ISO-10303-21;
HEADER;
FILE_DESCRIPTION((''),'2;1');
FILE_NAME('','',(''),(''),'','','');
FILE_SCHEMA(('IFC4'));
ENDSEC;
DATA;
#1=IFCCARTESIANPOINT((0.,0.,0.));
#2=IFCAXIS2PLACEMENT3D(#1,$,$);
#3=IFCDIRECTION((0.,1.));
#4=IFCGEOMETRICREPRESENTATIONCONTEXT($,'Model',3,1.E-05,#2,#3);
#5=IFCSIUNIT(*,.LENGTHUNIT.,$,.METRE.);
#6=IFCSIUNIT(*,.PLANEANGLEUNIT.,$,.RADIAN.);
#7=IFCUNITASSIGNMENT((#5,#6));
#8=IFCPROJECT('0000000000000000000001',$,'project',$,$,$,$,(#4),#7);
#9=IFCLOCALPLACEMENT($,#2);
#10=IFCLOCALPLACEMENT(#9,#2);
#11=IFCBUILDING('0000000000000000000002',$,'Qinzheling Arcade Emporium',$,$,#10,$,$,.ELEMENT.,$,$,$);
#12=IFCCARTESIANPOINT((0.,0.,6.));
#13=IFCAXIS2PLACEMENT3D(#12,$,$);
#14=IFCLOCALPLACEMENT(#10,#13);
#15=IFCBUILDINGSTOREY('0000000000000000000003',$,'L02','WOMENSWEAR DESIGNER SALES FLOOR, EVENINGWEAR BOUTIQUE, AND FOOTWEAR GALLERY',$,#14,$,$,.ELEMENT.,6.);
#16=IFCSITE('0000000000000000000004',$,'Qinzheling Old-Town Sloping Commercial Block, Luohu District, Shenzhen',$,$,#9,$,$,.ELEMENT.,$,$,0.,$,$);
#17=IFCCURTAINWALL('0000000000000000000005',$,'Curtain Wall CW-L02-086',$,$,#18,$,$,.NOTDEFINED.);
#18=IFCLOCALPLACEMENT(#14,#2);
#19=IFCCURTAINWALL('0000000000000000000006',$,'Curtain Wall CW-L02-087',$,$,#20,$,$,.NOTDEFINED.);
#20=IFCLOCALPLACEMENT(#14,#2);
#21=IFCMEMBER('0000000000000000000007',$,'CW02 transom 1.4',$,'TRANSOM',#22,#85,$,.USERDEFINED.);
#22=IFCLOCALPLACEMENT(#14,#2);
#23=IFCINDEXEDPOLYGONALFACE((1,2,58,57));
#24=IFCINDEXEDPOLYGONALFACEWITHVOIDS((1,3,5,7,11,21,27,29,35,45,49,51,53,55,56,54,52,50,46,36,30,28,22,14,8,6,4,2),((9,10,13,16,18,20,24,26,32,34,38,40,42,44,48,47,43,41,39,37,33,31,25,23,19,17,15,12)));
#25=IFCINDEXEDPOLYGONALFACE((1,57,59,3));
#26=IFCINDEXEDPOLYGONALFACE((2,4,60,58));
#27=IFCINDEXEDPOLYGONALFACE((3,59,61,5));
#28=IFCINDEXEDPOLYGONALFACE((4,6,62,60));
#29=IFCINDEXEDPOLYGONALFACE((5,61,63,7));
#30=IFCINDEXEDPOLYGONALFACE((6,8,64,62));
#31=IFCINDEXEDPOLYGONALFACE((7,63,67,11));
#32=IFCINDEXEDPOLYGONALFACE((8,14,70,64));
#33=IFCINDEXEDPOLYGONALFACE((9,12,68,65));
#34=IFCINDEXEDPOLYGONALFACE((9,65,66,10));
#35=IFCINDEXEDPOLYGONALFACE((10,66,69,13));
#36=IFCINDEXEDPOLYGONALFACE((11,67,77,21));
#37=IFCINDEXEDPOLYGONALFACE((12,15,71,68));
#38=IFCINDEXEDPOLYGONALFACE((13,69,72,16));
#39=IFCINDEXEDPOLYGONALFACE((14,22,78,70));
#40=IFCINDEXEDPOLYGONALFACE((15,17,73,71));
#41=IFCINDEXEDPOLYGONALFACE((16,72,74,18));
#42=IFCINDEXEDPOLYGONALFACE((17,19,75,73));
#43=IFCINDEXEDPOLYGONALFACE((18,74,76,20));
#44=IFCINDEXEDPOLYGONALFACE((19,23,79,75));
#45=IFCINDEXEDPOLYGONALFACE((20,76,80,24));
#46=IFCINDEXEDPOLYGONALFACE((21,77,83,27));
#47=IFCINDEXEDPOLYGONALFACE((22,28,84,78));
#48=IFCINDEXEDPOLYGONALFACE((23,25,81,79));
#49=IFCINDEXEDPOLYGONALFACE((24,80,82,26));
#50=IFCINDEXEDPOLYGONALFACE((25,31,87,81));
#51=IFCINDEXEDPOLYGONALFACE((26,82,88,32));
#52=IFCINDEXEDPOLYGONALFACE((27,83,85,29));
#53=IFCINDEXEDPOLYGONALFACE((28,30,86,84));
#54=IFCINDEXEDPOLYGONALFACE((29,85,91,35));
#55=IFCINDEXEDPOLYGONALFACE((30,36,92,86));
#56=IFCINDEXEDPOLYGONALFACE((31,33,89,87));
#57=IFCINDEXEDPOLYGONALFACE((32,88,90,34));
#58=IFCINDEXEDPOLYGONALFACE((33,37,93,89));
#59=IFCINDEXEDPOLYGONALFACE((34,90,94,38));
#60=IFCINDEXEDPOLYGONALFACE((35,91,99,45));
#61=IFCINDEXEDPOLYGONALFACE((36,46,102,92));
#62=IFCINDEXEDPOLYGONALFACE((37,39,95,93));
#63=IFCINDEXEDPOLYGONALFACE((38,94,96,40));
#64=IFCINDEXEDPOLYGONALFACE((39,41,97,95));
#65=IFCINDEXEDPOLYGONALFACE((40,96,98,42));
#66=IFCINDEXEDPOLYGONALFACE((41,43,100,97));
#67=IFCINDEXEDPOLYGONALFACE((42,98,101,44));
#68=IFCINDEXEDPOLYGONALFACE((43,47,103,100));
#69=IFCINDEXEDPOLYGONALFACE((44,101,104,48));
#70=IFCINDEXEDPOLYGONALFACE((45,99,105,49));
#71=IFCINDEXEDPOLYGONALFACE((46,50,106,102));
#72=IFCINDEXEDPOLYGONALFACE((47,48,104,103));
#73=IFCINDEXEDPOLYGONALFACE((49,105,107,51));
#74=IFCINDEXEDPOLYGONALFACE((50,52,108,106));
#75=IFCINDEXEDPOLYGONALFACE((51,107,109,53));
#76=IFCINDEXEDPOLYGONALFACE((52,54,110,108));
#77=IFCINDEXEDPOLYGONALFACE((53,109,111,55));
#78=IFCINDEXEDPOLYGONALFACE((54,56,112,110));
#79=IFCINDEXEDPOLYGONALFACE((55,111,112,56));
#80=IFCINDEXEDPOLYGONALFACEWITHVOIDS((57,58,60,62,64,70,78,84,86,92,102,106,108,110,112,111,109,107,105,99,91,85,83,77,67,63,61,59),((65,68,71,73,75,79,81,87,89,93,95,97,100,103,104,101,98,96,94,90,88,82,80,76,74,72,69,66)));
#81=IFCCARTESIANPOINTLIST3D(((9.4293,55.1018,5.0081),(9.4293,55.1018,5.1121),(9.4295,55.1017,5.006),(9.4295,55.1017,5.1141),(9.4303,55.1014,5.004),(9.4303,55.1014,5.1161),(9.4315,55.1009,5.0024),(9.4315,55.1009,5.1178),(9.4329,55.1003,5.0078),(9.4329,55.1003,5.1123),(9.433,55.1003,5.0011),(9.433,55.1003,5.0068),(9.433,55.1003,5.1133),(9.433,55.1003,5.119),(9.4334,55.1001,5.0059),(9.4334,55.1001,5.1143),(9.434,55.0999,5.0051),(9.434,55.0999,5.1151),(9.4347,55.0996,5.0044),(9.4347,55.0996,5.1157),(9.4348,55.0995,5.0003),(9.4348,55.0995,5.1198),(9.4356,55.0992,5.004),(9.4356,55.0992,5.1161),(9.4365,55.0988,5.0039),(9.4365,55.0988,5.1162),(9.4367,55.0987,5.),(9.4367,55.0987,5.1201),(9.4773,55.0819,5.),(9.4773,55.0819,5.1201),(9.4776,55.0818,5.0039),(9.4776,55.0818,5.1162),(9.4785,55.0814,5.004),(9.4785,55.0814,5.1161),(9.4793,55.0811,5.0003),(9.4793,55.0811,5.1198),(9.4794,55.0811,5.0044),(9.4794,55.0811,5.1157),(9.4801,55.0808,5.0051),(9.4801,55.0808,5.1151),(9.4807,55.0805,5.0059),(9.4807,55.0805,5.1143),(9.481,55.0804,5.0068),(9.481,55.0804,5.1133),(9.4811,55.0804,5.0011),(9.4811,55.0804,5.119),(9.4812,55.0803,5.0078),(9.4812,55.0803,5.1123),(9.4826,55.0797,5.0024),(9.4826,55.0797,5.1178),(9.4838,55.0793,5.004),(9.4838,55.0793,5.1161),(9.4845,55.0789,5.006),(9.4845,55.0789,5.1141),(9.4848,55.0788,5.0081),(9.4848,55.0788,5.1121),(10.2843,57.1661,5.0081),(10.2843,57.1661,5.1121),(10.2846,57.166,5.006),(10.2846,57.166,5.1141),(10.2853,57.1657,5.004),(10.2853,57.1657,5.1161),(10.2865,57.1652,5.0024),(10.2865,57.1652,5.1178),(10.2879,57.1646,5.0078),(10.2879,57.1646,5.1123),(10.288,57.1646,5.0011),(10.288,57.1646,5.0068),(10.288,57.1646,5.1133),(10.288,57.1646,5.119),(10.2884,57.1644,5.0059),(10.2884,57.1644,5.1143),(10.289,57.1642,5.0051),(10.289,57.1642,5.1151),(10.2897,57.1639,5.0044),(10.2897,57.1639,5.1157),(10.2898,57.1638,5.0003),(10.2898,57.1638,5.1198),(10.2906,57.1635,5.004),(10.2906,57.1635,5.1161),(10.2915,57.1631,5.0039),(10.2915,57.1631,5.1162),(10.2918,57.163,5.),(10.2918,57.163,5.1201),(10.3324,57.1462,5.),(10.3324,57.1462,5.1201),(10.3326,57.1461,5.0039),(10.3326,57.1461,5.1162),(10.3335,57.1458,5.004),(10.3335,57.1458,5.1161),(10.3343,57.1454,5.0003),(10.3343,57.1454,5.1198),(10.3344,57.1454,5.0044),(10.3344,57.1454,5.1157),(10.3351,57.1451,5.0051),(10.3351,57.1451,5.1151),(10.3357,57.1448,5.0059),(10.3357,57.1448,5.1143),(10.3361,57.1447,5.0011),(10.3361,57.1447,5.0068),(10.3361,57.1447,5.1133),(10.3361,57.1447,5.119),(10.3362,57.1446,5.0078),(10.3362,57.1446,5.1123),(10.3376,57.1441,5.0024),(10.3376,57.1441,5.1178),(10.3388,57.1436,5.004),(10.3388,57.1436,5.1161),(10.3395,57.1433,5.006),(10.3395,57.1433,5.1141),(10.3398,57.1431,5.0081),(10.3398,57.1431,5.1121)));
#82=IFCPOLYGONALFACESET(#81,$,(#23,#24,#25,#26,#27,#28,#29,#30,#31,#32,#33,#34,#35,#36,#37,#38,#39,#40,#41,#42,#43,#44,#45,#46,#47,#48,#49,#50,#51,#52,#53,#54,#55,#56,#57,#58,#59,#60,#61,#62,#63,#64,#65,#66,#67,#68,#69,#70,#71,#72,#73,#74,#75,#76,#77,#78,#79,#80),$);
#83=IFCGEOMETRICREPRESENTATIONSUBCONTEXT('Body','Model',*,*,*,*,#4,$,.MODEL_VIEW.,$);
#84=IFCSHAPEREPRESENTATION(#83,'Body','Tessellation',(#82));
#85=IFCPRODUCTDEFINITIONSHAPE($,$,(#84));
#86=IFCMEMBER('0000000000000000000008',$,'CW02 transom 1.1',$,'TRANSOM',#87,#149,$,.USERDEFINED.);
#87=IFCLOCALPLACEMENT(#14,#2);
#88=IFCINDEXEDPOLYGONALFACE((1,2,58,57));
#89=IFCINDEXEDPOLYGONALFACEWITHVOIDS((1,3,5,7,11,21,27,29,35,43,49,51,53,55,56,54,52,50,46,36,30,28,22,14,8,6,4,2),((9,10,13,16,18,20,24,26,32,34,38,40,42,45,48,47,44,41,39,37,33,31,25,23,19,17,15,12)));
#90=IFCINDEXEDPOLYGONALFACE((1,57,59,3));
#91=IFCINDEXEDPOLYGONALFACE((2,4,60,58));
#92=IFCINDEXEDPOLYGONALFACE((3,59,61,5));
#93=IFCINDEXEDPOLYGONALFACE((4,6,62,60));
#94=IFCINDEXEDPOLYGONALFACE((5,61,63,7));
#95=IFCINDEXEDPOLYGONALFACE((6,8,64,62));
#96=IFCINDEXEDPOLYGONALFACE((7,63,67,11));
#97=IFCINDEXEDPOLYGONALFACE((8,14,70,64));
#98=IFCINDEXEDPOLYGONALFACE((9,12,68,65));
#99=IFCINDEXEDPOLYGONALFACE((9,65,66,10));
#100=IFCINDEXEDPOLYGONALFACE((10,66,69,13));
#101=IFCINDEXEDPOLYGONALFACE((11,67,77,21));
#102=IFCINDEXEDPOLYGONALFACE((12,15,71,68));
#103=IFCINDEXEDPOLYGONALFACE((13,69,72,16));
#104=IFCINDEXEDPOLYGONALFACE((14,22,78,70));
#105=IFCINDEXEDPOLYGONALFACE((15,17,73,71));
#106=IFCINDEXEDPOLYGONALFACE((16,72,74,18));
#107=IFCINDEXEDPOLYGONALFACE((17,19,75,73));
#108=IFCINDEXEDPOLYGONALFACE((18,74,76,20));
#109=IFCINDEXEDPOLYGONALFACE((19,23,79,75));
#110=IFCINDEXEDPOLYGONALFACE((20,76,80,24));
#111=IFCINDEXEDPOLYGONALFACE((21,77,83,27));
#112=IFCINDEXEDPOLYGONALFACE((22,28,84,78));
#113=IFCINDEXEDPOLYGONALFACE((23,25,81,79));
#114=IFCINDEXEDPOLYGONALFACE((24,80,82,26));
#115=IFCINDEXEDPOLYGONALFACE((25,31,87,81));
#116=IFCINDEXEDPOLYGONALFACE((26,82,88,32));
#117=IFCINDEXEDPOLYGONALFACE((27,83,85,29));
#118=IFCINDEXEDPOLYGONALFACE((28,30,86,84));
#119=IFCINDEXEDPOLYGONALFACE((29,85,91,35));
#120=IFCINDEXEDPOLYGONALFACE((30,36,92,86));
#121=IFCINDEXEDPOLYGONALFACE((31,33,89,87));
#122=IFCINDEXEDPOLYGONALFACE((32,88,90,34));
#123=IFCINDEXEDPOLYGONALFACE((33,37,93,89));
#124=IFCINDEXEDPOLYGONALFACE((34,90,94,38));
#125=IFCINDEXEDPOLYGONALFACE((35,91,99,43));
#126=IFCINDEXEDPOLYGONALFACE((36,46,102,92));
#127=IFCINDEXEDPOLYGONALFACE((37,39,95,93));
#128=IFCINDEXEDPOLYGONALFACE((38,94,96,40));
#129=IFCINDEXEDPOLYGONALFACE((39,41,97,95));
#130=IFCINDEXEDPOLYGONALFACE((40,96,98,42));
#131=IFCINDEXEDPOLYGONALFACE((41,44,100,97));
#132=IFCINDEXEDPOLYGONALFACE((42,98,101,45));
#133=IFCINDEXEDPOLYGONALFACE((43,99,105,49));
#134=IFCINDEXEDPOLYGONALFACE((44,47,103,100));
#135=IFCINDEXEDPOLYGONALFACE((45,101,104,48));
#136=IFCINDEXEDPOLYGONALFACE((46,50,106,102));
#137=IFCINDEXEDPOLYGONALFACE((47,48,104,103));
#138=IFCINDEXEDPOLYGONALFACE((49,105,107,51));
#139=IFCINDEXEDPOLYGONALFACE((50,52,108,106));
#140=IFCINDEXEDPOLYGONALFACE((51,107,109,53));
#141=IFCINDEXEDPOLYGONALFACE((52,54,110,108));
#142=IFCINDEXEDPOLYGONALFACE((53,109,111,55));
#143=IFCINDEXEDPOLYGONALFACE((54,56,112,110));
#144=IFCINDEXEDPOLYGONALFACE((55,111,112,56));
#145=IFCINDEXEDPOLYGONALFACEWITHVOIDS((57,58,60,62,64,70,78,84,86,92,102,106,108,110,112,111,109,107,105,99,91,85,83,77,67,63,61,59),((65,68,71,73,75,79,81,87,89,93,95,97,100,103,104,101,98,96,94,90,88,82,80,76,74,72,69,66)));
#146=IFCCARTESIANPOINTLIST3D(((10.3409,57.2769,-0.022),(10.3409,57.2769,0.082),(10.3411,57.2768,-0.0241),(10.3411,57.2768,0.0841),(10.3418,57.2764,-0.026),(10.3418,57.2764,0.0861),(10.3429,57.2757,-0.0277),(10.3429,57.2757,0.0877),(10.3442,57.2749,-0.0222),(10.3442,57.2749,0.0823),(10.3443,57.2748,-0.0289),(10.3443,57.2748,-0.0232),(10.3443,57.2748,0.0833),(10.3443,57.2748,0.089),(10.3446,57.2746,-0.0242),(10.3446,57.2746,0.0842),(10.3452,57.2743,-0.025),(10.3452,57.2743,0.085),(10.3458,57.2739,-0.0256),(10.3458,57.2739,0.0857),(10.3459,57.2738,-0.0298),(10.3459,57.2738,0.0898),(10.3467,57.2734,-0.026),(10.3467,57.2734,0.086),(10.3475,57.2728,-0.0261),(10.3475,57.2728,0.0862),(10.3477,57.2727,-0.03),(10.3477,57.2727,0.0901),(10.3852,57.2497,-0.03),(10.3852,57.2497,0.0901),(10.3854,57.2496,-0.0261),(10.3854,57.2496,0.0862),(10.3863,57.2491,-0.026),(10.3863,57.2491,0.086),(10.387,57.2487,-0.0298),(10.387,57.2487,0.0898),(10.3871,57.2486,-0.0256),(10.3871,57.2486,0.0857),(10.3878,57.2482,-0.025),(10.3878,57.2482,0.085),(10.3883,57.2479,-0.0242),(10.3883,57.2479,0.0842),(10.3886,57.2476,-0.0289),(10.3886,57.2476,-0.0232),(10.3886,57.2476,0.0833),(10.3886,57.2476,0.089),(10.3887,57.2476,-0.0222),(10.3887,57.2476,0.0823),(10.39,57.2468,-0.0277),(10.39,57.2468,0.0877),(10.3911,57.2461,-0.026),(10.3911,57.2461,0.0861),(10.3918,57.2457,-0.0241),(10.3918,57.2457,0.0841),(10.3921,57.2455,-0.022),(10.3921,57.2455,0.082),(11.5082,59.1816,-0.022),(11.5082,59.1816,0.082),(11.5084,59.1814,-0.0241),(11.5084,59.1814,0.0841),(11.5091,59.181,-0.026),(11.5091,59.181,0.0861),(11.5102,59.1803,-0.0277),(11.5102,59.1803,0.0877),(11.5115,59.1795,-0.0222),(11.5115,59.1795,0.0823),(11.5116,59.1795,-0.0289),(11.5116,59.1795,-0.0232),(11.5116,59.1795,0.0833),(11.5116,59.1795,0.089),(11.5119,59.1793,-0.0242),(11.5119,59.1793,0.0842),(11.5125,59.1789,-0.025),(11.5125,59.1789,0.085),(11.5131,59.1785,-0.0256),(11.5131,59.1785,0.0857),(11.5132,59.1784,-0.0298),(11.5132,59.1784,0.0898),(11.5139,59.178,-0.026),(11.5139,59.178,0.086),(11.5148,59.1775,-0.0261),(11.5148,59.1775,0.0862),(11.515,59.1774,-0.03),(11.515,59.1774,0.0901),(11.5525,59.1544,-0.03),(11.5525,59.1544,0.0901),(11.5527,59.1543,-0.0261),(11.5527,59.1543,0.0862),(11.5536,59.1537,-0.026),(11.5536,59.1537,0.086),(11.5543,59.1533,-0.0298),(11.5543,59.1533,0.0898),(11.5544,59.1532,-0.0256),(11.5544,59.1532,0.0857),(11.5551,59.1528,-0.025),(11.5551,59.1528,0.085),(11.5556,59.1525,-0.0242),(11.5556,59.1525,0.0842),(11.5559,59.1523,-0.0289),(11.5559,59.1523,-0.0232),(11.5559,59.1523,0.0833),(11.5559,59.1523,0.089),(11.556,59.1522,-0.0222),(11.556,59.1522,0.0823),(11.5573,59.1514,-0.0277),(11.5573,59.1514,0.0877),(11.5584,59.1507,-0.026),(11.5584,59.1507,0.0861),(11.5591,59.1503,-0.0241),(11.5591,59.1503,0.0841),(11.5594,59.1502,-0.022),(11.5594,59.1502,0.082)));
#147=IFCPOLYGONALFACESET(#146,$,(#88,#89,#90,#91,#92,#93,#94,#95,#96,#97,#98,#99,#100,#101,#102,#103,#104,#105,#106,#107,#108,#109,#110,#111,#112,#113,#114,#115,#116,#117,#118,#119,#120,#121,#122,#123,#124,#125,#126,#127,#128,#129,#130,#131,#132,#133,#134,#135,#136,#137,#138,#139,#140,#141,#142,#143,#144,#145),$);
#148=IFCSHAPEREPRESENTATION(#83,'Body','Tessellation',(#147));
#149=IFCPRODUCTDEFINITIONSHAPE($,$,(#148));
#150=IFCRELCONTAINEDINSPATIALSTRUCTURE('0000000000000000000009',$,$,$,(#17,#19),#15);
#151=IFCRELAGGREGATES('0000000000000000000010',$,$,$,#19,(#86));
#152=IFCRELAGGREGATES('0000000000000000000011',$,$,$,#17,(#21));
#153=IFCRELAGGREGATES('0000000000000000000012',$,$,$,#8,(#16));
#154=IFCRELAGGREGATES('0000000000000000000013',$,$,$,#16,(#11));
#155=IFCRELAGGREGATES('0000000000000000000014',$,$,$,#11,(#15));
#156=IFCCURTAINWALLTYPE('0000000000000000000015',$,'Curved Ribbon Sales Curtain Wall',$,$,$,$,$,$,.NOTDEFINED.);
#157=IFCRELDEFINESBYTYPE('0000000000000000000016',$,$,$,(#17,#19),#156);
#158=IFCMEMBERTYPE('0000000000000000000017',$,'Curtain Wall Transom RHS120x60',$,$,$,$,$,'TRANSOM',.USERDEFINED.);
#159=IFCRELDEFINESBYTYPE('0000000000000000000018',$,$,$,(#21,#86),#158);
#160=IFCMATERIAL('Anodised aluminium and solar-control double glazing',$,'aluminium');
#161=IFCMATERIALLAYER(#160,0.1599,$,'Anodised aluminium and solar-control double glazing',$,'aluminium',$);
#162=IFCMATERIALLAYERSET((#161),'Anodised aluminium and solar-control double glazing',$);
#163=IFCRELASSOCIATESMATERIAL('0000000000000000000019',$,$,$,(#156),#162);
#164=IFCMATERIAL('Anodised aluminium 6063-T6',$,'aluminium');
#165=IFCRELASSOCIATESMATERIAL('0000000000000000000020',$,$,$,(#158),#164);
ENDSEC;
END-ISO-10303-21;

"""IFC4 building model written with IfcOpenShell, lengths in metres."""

from ifc_helpers import new_model, si_unit, direction, frame, origin, origin_2d, place, context, subcontext, project, spatial, hollow_rectangle, extrude, material, layer, layer_set, material_profile, profile_set, type_object, element, aggregate, save


model = new_model("IFC4")

# Units and contexts
model_context = context("Model", 3, precision=1e-05, world=origin(), true_north=direction((0.0, 1.0)))
body_context = subcontext(model_context, "Body", "Model", "MODEL_VIEW")
ifc_project = project(units=[si_unit("LENGTHUNIT", "METRE"), si_unit("PLANEANGLEUNIT", "RADIAN")], contexts=[model_context])

# Site, building, storey
site_placement = place(None, origin())
site = spatial("IfcSite", under=ifc_project, at=site_placement, Name="Qinzheling Old-Town Sloping Commercial Block, Luohu District, Shenzhen", CompositionType="ELEMENT", RefElevation=0.0)
building_placement = place(site_placement, origin())
building = spatial("IfcBuilding", under=site, at=building_placement, Name="Qinzheling Arcade Emporium", CompositionType="ELEMENT")
storey_placement = place(building_placement, frame((0.0, 0.0, 6.0)))
storey = spatial("IfcBuildingStorey", under=building, at=storey_placement, Name="L02", Description="WOMENSWEAR DESIGNER SALES FLOOR, EVENINGWEAR BOUTIQUE, AND FOOTWEAR GALLERY", CompositionType="ELEMENT", Elevation=6.0)

# Shared definitions
ifc_material_1 = material(Name="Anodised aluminium and solar-control double glazing", Category="aluminium")
ifc_layer_1 = layer(ifc_material_1, 0.1599, Name="Anodised aluminium and solar-control double glazing", Category="aluminium")
ifc_layer_set_1 = layer_set([ifc_layer_1], Name="Anodised aluminium and solar-control double glazing")
curtain_wall_type = type_object("IfcCurtainWallType", Name="Curved Ribbon Sales Curtain Wall", PredefinedType="NOTDEFINED", material=ifc_layer_set_1)
ifc_material_2 = material(Name="Anodised aluminium 6063-T6", Category="aluminium")

# Curtain wall
curtain_wall_1_placement = place(storey_placement, origin())
curtain_wall_1 = element("IfcCurtainWall", 1, at=curtain_wall_1_placement, inside=storey, type_object=curtain_wall_type, Name="Curtain Wall CW-L02-086", PredefinedType="NOTDEFINED")

# Curtain wall
curtain_wall_2_placement = place(storey_placement, origin())
curtain_wall_2 = element("IfcCurtainWall", 2, at=curtain_wall_2_placement, inside=storey, type_object=curtain_wall_type, Name="Curtain Wall CW-L02-087", PredefinedType="NOTDEFINED")

# Members
ifc_material_profile_1 = material_profile(ifc_material_2, hollow_rectangle(XDim=0.0601, YDim=0.1201, WallThickness=0.0039, InnerFilletRadius=0.0039, OuterFilletRadius=0.0081, at=origin_2d()), Name="RHS 120x60x4", Category="aluminium")
ifc_profile_set_1 = profile_set([ifc_material_profile_1], Name="Anodised aluminium 6063-T6")
member_type_1 = type_object("IfcMemberType", Name="Curtain Wall Transom RHS120x60", ElementType="TRANSOM", PredefinedType="USERDEFINED", material=ifc_profile_set_1)
member_1_placement = place(storey_placement, frame((9.457, 55.0903, 5.0601), z_axis=(0.382667, 0.923886, 0.0), x_axis=(-0.923886, 0.382667, 0.0)))
member_1 = element("IfcMember", 3, at=member_1_placement, type_object=member_type_1, Name="CW02 transom 1.4", ObjectType="TRANSOM", PredefinedType="USERDEFINED", context=body_context, shape_type="SweptSolid", body=[
    extrude(hollow_rectangle(XDim=0.0601, YDim=0.1201, WallThickness=0.0039, InnerFilletRadius=0.0039, OuterFilletRadius=0.0081, at=origin_2d()), origin(), (0.0, 0.0, 1.0), 2.2344),
])
member_2_placement = place(storey_placement, frame((10.3665, 57.2612, 0.03), z_axis=(0.522542, 0.852614, 0.0), x_axis=(-0.852614, 0.522542, 0.0)))
member_2 = element("IfcMember", 4, at=member_2_placement, type_object=member_type_1, Name="CW02 transom 1.1", ObjectType="TRANSOM", PredefinedType="USERDEFINED", context=body_context, shape_type="SweptSolid", body=[
    extrude(hollow_rectangle(XDim=0.0601, YDim=0.1201, WallThickness=0.0039, InnerFilletRadius=0.0039, OuterFilletRadius=0.0081, at=origin_2d()), origin(), (0.0, 0.0, 1.0), 2.2339),
])
aggregate(curtain_wall_2, [member_2])

aggregate(curtain_wall_1, [member_1])

save(model, "model.ifc")
